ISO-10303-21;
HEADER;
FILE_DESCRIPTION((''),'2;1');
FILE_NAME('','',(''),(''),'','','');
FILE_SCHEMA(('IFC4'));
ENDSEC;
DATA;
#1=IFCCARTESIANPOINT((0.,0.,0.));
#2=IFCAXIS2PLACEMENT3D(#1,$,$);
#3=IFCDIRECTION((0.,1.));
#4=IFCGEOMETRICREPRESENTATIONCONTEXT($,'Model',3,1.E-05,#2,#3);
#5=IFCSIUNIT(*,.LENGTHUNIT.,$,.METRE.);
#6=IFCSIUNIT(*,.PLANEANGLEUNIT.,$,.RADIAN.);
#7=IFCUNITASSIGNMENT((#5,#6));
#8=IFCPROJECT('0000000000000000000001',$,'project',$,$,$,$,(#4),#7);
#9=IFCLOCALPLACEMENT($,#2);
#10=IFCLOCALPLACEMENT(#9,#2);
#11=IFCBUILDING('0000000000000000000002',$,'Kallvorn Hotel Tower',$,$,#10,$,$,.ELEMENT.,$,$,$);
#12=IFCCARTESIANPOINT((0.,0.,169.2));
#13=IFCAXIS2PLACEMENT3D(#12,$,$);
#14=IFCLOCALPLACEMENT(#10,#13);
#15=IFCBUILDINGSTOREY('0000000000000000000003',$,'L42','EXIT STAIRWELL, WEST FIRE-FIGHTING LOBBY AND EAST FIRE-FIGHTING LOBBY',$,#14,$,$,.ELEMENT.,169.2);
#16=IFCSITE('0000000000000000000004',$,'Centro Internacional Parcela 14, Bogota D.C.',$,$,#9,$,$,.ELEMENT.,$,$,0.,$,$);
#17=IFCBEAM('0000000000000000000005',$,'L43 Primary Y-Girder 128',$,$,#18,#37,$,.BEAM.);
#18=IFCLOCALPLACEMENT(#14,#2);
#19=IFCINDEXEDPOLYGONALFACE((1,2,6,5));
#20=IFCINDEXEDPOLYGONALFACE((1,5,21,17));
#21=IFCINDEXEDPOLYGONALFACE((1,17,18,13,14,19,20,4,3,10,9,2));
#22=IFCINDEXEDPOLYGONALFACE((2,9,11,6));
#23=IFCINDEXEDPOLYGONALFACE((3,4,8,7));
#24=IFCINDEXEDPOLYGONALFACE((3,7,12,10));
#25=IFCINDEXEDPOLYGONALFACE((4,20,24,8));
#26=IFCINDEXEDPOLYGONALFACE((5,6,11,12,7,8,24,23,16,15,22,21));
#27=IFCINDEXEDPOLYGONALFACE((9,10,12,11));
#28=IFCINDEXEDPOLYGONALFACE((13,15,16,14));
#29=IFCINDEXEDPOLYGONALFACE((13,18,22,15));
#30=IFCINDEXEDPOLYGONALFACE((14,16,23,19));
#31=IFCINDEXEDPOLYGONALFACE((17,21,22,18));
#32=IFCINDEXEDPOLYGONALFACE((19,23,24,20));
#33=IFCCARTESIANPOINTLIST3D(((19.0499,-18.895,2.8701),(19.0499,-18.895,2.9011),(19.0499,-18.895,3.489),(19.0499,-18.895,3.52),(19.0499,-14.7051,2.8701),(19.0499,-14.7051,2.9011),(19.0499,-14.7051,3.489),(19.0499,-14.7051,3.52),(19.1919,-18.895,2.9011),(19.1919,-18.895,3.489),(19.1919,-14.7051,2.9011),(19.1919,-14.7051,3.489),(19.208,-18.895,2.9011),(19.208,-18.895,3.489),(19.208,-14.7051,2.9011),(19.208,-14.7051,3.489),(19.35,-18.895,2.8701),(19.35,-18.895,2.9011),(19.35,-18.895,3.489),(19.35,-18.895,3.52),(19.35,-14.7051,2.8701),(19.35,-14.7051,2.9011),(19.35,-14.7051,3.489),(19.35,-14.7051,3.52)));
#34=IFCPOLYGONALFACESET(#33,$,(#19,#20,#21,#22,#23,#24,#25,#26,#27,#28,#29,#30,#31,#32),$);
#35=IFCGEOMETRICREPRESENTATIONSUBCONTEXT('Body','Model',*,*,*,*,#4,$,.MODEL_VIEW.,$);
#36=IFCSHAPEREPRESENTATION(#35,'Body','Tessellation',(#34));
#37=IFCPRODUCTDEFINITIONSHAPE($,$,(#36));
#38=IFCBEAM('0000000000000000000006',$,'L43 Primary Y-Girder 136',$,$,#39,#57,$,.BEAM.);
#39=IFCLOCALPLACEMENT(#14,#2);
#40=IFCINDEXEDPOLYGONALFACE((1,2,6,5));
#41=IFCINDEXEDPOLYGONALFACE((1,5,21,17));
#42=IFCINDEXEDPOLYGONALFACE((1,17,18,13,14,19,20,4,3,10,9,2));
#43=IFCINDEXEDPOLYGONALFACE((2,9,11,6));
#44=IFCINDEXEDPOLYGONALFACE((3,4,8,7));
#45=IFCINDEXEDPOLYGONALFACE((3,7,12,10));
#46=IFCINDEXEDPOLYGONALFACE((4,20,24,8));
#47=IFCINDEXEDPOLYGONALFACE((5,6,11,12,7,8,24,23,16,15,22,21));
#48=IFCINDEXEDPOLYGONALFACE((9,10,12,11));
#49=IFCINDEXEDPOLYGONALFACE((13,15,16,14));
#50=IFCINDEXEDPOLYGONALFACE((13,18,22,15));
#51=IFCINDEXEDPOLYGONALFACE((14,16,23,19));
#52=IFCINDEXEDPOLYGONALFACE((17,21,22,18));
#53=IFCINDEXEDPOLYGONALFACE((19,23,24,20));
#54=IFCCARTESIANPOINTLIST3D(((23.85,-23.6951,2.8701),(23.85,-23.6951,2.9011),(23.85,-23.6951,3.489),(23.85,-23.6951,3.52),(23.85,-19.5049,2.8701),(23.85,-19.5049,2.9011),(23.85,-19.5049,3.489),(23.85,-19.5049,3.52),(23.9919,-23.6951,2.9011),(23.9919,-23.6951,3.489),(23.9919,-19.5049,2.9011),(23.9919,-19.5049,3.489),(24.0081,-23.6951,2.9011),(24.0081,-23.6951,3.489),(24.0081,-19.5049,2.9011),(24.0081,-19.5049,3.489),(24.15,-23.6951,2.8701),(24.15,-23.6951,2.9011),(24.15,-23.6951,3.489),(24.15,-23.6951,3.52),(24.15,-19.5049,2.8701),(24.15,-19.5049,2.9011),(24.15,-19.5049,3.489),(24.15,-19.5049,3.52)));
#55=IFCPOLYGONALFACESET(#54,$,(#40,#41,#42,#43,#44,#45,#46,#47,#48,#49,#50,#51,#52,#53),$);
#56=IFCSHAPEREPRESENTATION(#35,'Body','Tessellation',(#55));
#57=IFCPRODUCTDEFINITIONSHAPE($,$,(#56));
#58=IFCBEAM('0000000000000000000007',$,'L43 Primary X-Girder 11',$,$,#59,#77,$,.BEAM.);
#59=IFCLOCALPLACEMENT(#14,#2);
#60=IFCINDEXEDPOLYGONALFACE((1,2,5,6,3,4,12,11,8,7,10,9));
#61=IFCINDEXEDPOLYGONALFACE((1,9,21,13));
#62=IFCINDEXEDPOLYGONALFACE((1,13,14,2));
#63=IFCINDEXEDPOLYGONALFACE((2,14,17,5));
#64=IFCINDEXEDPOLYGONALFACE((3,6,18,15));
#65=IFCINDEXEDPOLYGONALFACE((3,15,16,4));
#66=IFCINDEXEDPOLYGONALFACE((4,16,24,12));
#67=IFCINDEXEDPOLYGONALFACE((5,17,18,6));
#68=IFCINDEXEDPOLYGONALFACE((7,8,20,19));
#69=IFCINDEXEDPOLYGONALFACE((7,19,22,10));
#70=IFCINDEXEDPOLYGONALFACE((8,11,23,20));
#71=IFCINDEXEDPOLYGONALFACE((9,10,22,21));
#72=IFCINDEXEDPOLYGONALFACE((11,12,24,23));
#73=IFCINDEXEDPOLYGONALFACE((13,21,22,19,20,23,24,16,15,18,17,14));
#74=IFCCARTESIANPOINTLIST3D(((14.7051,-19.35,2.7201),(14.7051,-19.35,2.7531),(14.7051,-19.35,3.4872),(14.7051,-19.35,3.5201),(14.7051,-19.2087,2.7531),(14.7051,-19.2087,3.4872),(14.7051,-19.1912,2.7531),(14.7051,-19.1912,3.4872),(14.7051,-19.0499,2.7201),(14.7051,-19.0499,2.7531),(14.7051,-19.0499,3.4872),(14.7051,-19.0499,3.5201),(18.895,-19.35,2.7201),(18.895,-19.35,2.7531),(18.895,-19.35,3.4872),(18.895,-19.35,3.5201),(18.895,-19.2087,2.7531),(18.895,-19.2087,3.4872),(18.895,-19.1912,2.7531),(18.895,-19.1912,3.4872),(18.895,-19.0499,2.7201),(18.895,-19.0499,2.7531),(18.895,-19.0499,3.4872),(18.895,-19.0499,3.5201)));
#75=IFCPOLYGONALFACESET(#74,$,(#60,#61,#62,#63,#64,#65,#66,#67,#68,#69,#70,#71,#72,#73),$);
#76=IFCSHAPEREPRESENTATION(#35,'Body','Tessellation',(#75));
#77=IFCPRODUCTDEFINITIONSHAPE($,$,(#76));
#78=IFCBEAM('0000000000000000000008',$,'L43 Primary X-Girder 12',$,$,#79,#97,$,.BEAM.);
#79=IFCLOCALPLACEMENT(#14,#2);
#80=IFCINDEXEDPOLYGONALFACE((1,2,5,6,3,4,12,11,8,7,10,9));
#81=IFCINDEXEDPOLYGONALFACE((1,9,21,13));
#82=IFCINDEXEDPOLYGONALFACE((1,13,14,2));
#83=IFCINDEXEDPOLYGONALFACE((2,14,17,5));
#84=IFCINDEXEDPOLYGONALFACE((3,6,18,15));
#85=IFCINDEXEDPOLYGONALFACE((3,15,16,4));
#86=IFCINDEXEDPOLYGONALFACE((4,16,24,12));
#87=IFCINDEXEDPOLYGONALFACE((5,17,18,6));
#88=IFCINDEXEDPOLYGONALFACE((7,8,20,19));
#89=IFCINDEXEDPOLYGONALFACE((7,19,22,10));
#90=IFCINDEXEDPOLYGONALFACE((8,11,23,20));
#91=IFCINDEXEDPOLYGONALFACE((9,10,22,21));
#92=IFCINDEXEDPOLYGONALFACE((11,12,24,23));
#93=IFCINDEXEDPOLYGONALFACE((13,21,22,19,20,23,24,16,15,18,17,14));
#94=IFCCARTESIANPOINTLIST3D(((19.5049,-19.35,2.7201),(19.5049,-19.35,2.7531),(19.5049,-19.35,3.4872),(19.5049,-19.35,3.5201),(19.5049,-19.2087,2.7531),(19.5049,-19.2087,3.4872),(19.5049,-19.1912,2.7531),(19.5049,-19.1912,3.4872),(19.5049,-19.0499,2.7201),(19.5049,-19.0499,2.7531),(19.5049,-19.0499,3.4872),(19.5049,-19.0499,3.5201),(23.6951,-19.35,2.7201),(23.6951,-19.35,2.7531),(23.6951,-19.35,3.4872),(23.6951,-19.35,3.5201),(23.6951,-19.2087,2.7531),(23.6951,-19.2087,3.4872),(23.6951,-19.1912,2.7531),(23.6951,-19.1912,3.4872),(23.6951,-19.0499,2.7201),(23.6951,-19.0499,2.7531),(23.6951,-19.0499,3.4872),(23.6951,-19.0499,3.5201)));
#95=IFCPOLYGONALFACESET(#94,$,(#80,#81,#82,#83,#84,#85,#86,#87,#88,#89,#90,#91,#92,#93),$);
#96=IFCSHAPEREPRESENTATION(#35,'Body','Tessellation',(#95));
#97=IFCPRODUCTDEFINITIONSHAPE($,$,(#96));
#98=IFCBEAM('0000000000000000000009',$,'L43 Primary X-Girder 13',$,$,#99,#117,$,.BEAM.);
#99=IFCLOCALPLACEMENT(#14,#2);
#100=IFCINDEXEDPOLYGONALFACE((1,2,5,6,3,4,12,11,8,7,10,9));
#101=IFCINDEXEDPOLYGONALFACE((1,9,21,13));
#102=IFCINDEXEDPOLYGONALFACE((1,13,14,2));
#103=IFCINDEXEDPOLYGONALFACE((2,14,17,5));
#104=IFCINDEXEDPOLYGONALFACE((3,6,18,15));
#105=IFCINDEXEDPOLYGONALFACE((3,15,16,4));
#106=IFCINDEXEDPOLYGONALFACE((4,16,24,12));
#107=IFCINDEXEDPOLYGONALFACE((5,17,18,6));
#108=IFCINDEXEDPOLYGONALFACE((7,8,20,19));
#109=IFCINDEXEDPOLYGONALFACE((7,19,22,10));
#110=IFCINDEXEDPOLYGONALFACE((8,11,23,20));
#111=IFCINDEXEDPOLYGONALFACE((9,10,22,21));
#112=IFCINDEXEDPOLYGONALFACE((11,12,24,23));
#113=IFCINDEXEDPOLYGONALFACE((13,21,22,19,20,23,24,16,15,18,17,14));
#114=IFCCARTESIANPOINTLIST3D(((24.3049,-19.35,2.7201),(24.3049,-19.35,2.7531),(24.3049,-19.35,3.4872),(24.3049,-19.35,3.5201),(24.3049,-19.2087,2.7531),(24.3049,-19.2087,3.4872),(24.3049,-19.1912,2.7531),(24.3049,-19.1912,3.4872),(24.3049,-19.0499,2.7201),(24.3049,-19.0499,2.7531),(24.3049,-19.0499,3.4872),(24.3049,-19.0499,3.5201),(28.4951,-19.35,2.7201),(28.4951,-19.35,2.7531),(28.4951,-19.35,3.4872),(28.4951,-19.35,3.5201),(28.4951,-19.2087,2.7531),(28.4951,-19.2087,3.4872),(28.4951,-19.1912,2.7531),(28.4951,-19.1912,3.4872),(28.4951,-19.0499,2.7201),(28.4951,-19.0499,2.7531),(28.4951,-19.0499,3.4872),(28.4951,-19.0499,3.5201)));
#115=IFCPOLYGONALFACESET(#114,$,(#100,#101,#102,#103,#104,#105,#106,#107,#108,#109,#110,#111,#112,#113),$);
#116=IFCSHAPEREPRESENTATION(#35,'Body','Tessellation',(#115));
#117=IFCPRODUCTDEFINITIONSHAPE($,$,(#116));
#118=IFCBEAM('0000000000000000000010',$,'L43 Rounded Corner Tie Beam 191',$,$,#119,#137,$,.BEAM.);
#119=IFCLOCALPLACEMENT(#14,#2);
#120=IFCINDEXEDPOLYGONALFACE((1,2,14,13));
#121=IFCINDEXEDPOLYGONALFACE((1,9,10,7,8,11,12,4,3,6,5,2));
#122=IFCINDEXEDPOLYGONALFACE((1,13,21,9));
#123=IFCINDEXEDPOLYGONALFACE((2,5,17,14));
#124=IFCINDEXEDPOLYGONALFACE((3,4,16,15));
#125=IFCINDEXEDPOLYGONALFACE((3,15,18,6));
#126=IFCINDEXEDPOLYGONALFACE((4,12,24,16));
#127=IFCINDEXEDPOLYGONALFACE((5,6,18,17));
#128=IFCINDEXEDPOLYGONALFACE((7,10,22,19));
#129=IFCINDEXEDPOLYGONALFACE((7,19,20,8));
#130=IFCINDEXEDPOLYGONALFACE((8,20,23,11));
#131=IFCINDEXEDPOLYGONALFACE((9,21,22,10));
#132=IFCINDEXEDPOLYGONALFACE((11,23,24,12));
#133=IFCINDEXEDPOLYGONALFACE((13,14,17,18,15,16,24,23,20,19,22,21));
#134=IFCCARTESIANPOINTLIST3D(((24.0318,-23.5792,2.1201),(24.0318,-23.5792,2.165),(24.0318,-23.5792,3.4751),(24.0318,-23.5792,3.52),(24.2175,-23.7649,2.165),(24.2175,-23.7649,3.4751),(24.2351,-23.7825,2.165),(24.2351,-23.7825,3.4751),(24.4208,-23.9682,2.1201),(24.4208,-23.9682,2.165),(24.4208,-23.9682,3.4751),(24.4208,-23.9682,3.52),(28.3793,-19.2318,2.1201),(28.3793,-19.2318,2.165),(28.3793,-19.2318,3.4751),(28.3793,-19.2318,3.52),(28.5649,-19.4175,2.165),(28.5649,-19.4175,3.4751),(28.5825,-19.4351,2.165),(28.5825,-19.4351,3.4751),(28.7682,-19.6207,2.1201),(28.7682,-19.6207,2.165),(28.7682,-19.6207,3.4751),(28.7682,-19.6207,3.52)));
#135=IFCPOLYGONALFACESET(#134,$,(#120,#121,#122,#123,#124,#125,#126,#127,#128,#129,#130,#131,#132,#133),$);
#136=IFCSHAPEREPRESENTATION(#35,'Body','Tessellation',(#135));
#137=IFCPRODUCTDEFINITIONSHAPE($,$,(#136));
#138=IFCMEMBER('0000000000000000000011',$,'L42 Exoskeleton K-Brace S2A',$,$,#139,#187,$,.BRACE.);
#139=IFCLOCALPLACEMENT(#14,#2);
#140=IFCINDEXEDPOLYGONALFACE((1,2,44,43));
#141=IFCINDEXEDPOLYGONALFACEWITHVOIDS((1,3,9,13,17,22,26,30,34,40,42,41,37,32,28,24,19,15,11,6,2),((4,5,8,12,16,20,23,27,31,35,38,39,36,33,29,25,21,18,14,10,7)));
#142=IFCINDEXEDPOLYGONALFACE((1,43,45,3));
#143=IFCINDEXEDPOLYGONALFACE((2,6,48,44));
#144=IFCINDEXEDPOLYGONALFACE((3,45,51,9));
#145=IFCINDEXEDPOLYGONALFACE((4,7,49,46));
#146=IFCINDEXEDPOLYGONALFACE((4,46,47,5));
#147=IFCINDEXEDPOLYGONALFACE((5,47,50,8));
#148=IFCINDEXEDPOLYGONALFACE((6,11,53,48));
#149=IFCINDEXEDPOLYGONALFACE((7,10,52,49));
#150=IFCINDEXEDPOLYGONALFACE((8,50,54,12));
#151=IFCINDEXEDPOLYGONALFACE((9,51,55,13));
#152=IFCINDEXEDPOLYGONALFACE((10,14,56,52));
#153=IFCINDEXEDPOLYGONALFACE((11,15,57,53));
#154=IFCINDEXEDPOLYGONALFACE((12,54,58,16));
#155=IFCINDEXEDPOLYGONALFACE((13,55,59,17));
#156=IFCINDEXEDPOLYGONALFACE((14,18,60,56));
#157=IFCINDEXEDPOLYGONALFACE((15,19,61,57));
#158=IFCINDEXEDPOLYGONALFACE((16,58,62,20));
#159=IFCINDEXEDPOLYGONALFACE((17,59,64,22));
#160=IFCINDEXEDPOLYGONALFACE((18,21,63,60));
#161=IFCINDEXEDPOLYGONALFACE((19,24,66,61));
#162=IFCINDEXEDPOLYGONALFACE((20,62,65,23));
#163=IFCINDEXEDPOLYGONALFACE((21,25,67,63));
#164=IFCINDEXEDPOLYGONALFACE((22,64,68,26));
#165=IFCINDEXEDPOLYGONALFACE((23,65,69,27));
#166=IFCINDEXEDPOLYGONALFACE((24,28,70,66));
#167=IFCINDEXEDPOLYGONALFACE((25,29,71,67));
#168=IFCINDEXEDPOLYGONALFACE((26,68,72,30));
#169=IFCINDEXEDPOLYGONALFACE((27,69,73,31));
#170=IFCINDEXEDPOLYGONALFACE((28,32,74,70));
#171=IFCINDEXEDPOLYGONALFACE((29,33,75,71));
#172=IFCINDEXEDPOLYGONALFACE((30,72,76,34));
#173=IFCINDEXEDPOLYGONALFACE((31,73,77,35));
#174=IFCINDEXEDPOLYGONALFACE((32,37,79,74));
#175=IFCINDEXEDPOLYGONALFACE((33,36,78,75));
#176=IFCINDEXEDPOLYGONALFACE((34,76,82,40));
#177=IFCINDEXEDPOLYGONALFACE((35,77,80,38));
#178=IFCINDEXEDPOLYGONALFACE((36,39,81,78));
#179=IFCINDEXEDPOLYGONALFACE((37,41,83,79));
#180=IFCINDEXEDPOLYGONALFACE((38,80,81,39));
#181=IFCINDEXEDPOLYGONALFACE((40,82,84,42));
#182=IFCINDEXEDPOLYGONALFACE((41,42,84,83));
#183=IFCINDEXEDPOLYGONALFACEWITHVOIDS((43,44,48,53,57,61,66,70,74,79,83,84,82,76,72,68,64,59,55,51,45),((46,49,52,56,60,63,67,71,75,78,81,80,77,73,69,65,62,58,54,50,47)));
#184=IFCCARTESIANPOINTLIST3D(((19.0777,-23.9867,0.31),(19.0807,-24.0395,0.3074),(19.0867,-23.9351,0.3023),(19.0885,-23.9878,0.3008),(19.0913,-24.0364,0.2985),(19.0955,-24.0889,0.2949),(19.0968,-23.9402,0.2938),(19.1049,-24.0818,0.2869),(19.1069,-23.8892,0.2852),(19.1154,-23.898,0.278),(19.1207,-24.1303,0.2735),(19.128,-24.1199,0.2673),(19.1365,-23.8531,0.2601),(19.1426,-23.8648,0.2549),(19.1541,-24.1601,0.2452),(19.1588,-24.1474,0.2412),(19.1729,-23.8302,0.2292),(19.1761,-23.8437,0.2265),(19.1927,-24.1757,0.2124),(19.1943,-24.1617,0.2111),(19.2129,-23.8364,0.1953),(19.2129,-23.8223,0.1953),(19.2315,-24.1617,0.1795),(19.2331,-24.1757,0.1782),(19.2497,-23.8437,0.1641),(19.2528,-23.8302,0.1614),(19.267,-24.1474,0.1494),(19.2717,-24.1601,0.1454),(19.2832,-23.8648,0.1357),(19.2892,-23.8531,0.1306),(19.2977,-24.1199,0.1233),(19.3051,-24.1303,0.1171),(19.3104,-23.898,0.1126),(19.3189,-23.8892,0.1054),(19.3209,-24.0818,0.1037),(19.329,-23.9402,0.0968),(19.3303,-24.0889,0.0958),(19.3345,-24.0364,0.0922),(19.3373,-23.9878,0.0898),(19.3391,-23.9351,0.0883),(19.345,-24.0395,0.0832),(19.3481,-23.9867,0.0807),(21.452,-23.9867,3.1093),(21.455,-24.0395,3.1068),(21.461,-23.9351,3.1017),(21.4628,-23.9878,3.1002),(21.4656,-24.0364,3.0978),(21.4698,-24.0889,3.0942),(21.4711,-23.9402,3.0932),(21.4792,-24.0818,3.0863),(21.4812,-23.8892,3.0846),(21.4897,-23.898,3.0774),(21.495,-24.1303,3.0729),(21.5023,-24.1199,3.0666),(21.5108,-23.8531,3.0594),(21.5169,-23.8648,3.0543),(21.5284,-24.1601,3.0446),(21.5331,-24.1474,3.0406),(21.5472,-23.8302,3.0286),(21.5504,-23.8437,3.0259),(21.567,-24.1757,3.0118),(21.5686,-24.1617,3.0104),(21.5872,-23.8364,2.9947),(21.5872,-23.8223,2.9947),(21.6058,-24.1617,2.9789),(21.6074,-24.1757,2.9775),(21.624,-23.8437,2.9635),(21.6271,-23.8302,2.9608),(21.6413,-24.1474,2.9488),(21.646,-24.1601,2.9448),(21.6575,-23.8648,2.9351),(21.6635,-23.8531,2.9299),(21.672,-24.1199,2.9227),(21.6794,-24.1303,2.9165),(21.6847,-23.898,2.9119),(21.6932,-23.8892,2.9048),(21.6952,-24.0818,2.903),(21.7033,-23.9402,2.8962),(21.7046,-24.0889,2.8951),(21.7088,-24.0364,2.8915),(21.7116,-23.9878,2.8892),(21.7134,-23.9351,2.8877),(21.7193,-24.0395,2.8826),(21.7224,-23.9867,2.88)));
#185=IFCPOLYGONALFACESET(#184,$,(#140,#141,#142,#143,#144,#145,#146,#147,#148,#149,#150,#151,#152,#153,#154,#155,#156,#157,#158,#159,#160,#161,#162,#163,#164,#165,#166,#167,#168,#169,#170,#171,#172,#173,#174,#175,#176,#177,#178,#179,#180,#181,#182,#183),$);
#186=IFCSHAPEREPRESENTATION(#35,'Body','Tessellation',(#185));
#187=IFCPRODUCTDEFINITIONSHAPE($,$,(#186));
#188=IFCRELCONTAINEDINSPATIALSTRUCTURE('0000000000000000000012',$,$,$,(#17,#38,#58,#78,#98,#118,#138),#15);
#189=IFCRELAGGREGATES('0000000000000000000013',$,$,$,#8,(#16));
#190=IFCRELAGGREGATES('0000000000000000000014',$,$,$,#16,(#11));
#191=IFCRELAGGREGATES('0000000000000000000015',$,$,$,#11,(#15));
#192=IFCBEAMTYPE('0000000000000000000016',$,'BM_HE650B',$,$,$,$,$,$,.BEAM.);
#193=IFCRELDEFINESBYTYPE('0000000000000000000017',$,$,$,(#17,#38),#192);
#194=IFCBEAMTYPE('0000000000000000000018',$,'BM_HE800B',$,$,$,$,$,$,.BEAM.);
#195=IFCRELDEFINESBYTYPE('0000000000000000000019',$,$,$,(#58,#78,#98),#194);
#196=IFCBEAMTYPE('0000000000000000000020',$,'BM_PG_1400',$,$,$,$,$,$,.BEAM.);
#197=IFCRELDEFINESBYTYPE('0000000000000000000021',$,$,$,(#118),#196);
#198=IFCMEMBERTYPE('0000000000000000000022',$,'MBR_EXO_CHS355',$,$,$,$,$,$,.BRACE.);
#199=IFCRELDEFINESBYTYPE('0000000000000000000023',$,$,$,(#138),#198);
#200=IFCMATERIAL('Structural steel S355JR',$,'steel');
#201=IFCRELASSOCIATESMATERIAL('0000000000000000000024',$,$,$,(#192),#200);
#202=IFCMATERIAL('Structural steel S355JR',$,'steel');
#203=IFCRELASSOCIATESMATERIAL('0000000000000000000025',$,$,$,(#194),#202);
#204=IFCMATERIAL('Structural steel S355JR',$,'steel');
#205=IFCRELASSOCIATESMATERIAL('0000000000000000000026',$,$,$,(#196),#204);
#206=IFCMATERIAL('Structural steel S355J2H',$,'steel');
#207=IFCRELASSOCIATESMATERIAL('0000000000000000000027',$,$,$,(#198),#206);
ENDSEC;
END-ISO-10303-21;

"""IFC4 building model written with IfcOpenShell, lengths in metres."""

from ifc_helpers import new_model, si_unit, direction, frame, origin, origin_2d, place, context, subcontext, project, spatial, hollow_circle, i_section, extrude, material, material_profile, profile_set, type_object, element, save


model = new_model("IFC4")

# Units and contexts
model_context = context("Model", 3, precision=1e-05, world=origin(), true_north=direction((0.0, 1.0)))
body_context = subcontext(model_context, "Body", "Model", "MODEL_VIEW")
ifc_project = project(units=[si_unit("LENGTHUNIT", "METRE"), si_unit("PLANEANGLEUNIT", "RADIAN")], contexts=[model_context])

# Site, building, storey
site_placement = place(None, origin())
site = spatial("IfcSite", under=ifc_project, at=site_placement, Name="Centro Internacional Parcela 14, Bogota D.C.", CompositionType="ELEMENT", RefElevation=0.0)
building_placement = place(site_placement, origin())
building = spatial("IfcBuilding", under=site, at=building_placement, Name="Kallvorn Hotel Tower", CompositionType="ELEMENT")
storey_placement = place(building_placement, frame((0.0, 0.0, 169.2)))
storey = spatial("IfcBuildingStorey", under=building, at=storey_placement, Name="L42", Description="EXIT STAIRWELL, WEST FIRE-FIGHTING LOBBY AND EAST FIRE-FIGHTING LOBBY", CompositionType="ELEMENT", Elevation=169.2)

# Beams
ifc_material_1 = material(Name="Structural steel S355JR", Category="steel")
ifc_material_profile_1 = material_profile(ifc_material_1, i_section(OverallWidth=0.3, OverallDepth=0.6499, WebThickness=0.0161, FlangeThickness=0.031, at=origin_2d()), Name="HE 650 B")
ifc_profile_set_1 = profile_set([ifc_material_profile_1], Name="Structural steel S355JR")
beam_type_1 = type_object("IfcBeamType", Name="BM_HE650B", PredefinedType="BEAM", material=ifc_profile_set_1)
beam_1_placement = place(storey_placement, frame((19.2, -18.895, 3.1951), z_axis=(0.0, 1.0, 0.0), x_axis=(-1.0, 0.0, 0.0)))
element("IfcBeam", 1, at=beam_1_placement, inside=storey, type_object=beam_type_1, Name="L43 Primary Y-Girder 128", PredefinedType="BEAM", context=body_context, shape_type="SweptSolid", body=[
    extrude(i_section(OverallWidth=0.3, OverallDepth=0.6499, WebThickness=0.0161, FlangeThickness=0.031, at=origin_2d()), origin(), (0.0, 0.0, 1.0), 4.1899),
])
beam_2_placement = place(storey_placement, frame((24.0, -23.6951, 3.1951), z_axis=(0.0, 1.0, 0.0), x_axis=(-1.0, 0.0, 0.0)))
element("IfcBeam", 2, at=beam_2_placement, inside=storey, type_object=beam_type_1, Name="L43 Primary Y-Girder 136", PredefinedType="BEAM", context=body_context, shape_type="SweptSolid", body=[
    extrude(i_section(OverallWidth=0.3, OverallDepth=0.6499, WebThickness=0.0161, FlangeThickness=0.031, at=origin_2d()), origin(), (0.0, 0.0, 1.0), 4.1902),
])
ifc_material_2 = material(Name="Structural steel S355JR", Category="steel")
ifc_material_profile_2 = material_profile(ifc_material_2, i_section(OverallWidth=0.3, OverallDepth=0.8, WebThickness=0.0176, FlangeThickness=0.033, at=origin_2d()), Name="HE 800 B")
ifc_profile_set_2 = profile_set([ifc_material_profile_2], Name="Structural steel S355JR")
beam_type_2 = type_object("IfcBeamType", Name="BM_HE800B", PredefinedType="BEAM", material=ifc_profile_set_2)
beam_3_placement = place(storey_placement, frame((14.7051, -19.2, 3.1201), z_axis=(1.0, 0.0, 0.0), x_axis=(0.0, 1.0, 0.0)))
element("IfcBeam", 3, at=beam_3_placement, inside=storey, type_object=beam_type_2, Name="L43 Primary X-Girder 11", PredefinedType="BEAM", context=body_context, shape_type="SweptSolid", body=[
    extrude(i_section(OverallWidth=0.3, OverallDepth=0.8, WebThickness=0.0176, FlangeThickness=0.033, at=origin_2d()), origin(), (0.0, 0.0, 1.0), 4.1899),
])
for number, where, z_axis, x_axis, name in (
    (4, (19.5049, -19.2, 3.1201), (1.0, 0.0, 0.0), (0.0, 1.0, 0.0), "L43 Primary X-Girder 12"),
    (5, (24.3049, -19.2, 3.1201), (1.0, 0.0, 0.0), (0.0, 1.0, 0.0), "L43 Primary X-Girder 13"),
):
    element("IfcBeam", number, at=place(storey_placement, frame(where, z_axis=z_axis, x_axis=x_axis)), inside=storey, type_object=beam_type_2, Name=name, PredefinedType="BEAM", context=body_context, shape_type="SweptSolid", body=[
        extrude(i_section(OverallWidth=0.3, OverallDepth=0.8, WebThickness=0.0176, FlangeThickness=0.033, at=origin_2d()), origin(), (0.0, 0.0, 1.0), 4.1902),
    ])
ifc_material_3 = material(Name="Structural steel S355JR", Category="steel")
ifc_material_profile_3 = material_profile(ifc_material_3, i_section(OverallWidth=0.55, OverallDepth=1.3999, WebThickness=0.0249, FlangeThickness=0.0449, at=origin_2d()), Name="PG 1400x550x25x45")
ifc_profile_set_3 = profile_set([ifc_material_profile_3], Name="Structural steel S355JR")
beam_type_3 = type_object("IfcBeamType", Name="BM_PG_1400", PredefinedType="BEAM", material=ifc_profile_set_3)
beam_4_placement = place(storey_placement, frame((28.5737, -19.4263, 2.8201), z_axis=(-0.707107, -0.707107, 0.0), x_axis=(0.707107, -0.707107, 0.0)))
element("IfcBeam", 6, at=beam_4_placement, inside=storey, type_object=beam_type_3, Name="L43 Rounded Corner Tie Beam 191", PredefinedType="BEAM", context=body_context, shape_type="SweptSolid", body=[
    extrude(i_section(OverallWidth=0.55, OverallDepth=1.3999, WebThickness=0.0249, FlangeThickness=0.0449, at=origin_2d()), origin(), (0.0, 0.0, 1.0), 6.1482),
])

# Member
ifc_material_4 = material(Name="Structural steel S355J2H", Category="steel")
ifc_material_profile_4 = material_profile(ifc_material_4, hollow_circle(Radius=0.1777, WallThickness=0.0142, at=origin_2d()), Name="CHS 355.6x14.2")
ifc_profile_set_4 = profile_set([ifc_material_profile_4], Name="Structural steel S355J2H")
member_type = type_object("IfcMemberType", Name="MBR_EXO_CHS355", PredefinedType="BRACE", material=ifc_profile_set_4)
for number, where, z_axis, x_axis, name in (
    (7, (19.2129, -24.0, 0.1953), (0.646833, 0.0, 0.762631), (0.0, 1.0, 0.0), "L42 Exoskeleton K-Brace S2A"),
):
    element("IfcMember", number, at=place(storey_placement, frame(where, z_axis=z_axis, x_axis=x_axis)), inside=storey, type_object=member_type, Name=name, PredefinedType="BRACE", context=body_context, shape_type="SweptSolid", body=[
        extrude(hollow_circle(Radius=0.1777, WallThickness=0.0142, at=origin_2d()), origin(), (0.0, 0.0, 1.0), 3.6707),
    ])

save(model, "model.ifc")
